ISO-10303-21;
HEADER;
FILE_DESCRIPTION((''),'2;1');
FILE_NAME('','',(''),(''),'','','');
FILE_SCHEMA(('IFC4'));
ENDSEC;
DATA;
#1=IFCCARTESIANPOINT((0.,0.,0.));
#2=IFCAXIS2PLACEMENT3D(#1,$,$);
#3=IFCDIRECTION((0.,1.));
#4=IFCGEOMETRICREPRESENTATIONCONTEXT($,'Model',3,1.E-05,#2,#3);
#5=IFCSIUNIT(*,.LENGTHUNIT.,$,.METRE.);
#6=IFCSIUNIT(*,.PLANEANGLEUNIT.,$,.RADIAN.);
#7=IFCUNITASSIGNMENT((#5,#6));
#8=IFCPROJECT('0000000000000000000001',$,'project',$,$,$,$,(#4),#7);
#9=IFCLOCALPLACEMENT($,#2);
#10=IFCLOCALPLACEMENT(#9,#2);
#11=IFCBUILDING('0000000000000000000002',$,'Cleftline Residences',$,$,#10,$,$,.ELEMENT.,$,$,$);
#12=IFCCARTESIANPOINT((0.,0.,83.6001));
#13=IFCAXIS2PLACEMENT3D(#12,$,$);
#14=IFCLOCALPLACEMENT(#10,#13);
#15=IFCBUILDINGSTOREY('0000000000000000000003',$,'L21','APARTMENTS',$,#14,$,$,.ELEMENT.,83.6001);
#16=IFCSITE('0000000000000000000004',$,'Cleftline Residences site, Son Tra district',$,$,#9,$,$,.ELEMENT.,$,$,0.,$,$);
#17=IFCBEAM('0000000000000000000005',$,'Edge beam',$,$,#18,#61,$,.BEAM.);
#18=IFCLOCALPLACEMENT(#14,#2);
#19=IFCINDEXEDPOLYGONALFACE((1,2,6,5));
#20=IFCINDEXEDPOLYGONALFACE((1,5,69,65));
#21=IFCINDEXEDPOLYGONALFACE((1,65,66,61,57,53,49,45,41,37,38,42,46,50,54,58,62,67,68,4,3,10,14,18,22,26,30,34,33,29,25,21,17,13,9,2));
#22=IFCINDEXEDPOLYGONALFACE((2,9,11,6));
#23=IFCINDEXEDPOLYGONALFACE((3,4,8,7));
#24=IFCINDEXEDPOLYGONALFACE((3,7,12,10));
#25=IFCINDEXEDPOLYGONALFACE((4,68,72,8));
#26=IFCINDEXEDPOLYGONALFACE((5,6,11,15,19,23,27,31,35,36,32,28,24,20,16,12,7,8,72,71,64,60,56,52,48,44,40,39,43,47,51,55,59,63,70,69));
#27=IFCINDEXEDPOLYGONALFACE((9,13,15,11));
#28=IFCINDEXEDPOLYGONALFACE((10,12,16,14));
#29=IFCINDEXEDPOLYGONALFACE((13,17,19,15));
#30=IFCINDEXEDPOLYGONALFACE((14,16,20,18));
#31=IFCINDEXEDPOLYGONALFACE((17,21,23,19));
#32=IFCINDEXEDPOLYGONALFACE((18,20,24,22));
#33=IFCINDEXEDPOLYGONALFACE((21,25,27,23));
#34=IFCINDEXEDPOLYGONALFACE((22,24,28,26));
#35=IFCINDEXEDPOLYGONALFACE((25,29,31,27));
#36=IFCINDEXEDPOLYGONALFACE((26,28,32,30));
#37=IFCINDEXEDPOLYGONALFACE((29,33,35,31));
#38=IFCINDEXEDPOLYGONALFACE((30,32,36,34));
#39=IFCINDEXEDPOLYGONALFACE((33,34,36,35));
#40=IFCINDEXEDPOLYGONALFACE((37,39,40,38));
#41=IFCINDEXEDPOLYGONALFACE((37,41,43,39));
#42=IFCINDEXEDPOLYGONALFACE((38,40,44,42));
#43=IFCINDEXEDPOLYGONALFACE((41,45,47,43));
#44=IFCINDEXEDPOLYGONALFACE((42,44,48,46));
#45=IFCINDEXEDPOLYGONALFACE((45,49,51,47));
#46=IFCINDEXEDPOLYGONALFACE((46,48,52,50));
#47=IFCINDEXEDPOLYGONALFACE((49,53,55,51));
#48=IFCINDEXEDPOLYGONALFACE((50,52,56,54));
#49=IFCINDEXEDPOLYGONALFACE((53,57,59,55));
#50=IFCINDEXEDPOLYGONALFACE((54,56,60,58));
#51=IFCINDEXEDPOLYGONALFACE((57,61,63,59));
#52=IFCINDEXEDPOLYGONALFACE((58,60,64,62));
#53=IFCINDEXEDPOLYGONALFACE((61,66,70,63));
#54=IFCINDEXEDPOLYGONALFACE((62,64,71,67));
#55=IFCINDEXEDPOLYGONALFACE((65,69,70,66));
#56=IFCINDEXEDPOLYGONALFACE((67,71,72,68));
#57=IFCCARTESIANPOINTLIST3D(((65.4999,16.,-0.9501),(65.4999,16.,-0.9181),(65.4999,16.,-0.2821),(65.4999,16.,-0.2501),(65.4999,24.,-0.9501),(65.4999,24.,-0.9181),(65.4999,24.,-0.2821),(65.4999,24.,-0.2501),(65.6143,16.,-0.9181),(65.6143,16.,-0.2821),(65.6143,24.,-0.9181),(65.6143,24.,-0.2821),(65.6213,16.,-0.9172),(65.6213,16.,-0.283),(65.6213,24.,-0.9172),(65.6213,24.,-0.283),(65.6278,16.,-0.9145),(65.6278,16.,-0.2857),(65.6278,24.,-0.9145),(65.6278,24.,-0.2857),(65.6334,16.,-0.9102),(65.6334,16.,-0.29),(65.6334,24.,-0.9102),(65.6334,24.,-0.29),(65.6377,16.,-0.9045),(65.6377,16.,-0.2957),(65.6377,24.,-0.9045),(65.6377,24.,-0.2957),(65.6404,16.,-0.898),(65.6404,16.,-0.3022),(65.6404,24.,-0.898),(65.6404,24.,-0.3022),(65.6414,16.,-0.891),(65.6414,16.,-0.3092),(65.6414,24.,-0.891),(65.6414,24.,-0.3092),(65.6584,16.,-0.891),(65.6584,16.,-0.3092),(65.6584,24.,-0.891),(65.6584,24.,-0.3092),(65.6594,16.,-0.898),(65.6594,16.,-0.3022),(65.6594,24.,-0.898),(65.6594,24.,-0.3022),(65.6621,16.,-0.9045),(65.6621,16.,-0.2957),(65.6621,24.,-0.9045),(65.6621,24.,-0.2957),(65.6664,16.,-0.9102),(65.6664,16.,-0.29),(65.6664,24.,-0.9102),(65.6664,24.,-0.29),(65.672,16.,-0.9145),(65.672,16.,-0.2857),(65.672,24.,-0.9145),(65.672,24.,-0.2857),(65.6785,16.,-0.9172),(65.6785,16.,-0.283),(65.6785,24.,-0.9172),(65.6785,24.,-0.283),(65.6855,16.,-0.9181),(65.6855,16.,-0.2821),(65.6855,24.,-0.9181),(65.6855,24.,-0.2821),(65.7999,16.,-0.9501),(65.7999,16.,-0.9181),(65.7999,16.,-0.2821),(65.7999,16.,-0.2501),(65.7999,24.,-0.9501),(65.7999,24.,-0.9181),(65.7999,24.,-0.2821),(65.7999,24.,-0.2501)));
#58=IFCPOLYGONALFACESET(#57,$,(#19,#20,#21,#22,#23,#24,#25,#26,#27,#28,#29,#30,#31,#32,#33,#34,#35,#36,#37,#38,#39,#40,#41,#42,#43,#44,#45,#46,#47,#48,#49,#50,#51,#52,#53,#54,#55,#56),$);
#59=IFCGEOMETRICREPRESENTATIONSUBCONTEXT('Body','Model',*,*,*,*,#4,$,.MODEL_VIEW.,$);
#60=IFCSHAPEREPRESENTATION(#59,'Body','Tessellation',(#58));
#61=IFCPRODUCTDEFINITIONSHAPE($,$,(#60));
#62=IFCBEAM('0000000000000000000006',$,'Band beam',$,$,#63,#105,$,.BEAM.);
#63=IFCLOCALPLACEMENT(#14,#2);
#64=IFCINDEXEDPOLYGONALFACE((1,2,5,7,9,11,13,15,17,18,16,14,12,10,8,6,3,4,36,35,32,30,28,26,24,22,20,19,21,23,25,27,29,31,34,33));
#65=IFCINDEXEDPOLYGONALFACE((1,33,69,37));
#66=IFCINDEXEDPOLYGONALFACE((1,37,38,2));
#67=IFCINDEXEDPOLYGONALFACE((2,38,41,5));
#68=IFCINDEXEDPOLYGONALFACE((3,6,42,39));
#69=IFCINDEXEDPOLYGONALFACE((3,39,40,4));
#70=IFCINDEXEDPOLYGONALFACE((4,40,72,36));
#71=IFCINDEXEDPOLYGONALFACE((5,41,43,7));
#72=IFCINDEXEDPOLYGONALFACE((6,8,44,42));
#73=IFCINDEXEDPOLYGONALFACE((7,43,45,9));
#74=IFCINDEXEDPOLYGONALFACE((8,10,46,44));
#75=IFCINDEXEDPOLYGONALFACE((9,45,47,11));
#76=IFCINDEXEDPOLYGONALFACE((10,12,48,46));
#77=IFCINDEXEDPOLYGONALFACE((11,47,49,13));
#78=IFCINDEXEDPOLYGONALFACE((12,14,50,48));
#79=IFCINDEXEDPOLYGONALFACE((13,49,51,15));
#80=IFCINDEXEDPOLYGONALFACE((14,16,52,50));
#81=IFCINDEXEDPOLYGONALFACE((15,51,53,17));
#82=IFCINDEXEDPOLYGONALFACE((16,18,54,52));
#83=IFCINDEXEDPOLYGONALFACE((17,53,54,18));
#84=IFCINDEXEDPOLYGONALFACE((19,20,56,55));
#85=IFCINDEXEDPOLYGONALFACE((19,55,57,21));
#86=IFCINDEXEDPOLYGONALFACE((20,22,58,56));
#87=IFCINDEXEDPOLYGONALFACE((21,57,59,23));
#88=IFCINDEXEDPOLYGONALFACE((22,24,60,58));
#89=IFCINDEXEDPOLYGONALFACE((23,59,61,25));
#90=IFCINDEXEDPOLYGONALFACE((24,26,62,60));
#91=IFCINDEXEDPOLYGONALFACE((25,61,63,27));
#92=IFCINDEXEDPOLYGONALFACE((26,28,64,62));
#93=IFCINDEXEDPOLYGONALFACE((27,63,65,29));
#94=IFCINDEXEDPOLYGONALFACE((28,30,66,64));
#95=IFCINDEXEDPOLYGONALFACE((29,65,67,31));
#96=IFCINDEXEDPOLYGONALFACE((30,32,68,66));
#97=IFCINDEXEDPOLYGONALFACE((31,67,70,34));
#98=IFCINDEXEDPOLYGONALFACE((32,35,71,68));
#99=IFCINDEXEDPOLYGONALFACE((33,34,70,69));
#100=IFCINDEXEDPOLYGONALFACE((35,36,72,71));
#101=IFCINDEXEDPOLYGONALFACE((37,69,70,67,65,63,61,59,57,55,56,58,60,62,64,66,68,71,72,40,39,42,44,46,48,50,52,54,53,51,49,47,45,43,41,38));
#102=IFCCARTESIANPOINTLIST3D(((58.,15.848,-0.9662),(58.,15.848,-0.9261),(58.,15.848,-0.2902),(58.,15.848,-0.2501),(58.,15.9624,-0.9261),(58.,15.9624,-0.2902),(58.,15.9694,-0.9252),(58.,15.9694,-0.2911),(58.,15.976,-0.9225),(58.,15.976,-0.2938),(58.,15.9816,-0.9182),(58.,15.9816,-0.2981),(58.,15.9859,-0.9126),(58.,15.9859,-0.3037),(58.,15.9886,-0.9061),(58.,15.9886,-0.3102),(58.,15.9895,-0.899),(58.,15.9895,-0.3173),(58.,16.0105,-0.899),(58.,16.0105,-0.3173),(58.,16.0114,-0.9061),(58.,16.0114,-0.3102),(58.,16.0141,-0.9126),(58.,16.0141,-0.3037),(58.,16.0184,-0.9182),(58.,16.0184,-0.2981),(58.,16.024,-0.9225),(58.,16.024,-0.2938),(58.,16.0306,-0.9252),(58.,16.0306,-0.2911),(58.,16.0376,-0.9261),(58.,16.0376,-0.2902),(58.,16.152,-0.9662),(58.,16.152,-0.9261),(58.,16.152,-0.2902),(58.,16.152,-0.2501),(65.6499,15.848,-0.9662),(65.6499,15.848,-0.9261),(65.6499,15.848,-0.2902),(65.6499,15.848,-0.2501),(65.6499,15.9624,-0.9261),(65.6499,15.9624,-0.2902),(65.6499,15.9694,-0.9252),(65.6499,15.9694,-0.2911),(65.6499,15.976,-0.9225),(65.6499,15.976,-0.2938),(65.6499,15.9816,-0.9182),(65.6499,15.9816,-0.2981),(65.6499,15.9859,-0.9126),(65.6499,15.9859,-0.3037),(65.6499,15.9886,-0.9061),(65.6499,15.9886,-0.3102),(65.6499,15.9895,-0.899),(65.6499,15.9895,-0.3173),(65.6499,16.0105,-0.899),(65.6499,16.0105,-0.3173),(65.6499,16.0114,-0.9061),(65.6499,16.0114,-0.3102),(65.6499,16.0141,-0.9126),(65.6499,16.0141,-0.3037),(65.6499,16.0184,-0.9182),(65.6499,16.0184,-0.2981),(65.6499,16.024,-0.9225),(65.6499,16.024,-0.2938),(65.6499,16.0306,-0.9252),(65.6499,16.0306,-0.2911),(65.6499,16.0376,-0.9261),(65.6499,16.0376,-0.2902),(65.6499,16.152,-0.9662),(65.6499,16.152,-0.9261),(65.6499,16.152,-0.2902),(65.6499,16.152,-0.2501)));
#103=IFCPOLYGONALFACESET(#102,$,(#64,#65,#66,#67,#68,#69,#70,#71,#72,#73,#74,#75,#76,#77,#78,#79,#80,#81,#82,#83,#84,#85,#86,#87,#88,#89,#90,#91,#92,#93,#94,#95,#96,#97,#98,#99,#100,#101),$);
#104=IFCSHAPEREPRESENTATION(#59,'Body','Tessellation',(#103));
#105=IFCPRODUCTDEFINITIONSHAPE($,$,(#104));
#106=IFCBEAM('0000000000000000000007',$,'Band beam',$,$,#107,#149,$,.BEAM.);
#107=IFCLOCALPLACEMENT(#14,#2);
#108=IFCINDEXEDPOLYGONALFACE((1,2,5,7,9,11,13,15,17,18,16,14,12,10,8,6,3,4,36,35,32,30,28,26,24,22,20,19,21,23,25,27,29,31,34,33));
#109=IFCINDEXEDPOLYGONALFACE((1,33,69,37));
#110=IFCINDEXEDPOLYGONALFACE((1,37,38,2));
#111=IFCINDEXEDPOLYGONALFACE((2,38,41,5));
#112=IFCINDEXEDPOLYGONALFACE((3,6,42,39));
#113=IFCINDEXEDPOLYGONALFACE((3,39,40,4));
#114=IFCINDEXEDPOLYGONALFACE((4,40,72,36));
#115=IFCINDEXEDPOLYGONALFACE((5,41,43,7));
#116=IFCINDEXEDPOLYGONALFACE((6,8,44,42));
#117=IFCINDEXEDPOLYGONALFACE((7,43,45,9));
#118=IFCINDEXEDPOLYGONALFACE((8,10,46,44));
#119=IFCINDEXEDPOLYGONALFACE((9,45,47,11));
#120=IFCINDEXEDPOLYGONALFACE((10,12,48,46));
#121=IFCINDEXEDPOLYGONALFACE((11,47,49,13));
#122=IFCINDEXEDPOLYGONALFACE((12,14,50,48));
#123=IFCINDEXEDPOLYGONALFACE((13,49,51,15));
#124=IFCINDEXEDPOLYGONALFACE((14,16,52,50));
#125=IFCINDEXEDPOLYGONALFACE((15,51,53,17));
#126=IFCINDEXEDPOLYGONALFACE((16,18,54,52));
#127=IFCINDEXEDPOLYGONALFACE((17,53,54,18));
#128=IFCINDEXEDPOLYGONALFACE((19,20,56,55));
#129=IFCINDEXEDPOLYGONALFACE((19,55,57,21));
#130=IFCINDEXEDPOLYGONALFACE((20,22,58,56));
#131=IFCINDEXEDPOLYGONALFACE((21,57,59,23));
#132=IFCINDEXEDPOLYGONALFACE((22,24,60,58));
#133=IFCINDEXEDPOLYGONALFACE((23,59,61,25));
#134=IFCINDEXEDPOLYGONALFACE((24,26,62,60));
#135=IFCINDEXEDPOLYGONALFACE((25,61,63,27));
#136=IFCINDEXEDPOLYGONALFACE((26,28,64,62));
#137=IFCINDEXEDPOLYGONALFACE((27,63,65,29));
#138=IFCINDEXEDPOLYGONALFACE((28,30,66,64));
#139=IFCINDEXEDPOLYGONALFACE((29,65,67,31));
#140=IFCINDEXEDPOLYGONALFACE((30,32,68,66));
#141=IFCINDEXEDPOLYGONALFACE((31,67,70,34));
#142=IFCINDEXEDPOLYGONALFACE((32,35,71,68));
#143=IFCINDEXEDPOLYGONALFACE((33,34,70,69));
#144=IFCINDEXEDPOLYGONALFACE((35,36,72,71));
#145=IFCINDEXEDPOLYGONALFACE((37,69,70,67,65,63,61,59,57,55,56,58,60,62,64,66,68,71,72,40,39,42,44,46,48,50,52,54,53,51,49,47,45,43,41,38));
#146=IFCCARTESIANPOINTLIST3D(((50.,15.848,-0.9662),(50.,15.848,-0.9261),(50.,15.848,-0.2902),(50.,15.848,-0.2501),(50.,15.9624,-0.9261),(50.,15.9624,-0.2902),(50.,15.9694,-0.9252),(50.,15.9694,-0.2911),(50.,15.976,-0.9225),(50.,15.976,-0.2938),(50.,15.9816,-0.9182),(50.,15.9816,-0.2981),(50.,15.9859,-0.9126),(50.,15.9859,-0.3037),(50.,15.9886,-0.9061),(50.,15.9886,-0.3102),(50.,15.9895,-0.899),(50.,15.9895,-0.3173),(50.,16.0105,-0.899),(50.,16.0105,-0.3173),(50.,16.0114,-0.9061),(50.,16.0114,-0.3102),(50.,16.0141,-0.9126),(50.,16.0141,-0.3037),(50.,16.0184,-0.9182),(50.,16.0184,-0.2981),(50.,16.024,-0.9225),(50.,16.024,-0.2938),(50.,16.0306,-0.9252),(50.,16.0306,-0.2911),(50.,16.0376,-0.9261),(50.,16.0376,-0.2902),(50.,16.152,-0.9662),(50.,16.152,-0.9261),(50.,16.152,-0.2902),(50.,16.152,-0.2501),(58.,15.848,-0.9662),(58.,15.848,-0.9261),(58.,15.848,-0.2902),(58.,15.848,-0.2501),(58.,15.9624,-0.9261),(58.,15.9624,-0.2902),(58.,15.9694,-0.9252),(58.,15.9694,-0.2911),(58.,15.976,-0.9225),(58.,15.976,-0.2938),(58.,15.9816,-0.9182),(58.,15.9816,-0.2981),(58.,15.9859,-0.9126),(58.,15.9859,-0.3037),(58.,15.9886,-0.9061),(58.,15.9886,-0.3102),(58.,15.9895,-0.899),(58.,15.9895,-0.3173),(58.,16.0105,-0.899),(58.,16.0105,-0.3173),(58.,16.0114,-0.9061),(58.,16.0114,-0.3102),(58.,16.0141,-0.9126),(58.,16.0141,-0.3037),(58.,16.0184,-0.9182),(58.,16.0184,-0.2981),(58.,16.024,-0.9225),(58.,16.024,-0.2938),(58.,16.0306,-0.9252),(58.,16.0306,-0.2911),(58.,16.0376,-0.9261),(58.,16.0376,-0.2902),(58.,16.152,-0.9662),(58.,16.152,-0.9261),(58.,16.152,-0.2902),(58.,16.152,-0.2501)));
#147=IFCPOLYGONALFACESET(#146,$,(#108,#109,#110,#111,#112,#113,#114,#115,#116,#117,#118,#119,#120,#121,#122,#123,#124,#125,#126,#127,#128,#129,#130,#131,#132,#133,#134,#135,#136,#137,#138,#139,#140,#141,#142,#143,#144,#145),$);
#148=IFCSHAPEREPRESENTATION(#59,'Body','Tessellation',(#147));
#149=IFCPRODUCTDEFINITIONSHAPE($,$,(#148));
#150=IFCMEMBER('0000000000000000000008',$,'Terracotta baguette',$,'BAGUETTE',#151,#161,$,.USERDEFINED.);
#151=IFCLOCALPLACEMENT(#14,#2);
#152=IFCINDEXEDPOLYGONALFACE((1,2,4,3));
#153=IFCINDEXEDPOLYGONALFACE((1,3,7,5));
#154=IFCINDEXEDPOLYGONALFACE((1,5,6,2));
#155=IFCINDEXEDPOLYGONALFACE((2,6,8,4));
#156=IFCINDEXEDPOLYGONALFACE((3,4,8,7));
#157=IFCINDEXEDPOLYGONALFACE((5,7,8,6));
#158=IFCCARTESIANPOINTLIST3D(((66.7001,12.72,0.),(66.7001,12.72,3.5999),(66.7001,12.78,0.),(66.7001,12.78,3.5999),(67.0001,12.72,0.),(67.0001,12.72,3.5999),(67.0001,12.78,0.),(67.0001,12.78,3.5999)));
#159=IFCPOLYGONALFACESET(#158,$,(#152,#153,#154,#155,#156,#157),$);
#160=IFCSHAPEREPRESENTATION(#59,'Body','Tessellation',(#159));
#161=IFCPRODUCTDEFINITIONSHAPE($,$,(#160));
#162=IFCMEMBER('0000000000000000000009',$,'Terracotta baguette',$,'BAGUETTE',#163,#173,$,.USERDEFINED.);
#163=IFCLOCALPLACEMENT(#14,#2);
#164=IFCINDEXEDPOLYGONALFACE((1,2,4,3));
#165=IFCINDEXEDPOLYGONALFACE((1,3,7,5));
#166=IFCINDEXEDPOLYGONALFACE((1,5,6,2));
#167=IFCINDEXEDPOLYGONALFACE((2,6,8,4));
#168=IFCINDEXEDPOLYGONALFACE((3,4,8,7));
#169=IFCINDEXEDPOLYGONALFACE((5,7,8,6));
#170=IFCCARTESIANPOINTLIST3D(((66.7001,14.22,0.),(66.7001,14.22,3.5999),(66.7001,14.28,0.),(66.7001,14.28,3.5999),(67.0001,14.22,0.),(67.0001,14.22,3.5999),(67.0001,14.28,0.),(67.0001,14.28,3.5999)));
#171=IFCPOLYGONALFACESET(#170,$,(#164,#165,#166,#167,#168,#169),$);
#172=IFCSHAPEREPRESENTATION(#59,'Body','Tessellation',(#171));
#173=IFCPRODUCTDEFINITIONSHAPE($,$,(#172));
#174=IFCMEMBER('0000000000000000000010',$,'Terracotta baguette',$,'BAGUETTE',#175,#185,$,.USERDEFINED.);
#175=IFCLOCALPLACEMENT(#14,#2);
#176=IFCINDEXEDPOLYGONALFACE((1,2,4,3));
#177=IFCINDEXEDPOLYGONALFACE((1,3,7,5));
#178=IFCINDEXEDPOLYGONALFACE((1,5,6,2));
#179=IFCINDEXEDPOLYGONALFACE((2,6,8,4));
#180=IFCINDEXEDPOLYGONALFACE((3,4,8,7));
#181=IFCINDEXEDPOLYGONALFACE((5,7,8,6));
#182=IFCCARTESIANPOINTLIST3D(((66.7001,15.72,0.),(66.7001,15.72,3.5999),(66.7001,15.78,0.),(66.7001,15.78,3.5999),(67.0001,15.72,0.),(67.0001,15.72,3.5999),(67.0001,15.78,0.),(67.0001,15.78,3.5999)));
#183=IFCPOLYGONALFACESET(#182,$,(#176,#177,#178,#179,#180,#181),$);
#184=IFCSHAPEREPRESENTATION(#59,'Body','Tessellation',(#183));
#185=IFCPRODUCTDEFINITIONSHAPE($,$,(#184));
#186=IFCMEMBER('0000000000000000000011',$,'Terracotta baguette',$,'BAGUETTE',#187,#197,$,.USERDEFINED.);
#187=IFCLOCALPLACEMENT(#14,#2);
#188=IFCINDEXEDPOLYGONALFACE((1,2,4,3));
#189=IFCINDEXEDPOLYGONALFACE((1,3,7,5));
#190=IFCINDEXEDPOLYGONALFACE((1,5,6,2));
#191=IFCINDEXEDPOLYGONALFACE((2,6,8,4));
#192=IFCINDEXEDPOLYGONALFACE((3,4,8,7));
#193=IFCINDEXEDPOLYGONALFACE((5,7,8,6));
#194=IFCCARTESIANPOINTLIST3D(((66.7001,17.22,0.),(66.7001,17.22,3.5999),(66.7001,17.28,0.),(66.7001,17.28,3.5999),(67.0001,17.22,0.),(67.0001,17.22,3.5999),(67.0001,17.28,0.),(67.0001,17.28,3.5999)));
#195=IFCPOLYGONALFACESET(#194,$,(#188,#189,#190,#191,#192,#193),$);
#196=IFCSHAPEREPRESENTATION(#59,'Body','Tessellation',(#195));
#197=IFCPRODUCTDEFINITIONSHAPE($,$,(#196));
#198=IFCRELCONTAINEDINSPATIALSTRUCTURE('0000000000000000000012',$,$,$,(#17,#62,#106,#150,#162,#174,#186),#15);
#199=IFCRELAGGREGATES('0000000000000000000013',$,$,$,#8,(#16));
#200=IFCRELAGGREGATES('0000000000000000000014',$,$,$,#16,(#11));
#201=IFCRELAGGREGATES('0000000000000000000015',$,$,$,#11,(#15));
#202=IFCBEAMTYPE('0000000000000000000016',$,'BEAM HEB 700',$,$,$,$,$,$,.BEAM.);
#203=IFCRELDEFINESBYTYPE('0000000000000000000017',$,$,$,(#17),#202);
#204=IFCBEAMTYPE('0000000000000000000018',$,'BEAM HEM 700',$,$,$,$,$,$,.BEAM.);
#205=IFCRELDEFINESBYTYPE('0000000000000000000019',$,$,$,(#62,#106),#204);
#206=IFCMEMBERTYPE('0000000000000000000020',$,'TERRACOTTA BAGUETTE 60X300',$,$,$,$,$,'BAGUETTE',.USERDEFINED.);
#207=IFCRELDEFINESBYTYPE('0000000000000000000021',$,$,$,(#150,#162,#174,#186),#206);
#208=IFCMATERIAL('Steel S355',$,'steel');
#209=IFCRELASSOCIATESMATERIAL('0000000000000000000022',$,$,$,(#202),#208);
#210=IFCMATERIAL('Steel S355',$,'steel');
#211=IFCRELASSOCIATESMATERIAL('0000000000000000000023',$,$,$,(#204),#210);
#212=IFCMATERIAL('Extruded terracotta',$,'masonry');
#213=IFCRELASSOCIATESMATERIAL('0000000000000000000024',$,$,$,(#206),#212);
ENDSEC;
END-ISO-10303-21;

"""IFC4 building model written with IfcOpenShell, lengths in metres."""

from ifc_helpers import new_model, si_unit, direction, frame, origin, origin_2d, place, context, subcontext, project, spatial, rectangle, i_section, extrude, material, material_profile, profile_set, type_object, element, save


model = new_model("IFC4")

# Units and contexts
model_context = context("Model", 3, precision=1e-05, world=origin(), true_north=direction((0.0, 1.0)))
body_context = subcontext(model_context, "Body", "Model", "MODEL_VIEW")
ifc_project = project(units=[si_unit("LENGTHUNIT", "METRE"), si_unit("PLANEANGLEUNIT", "RADIAN")], contexts=[model_context])

# Site, building, storey
site_placement = place(None, origin())
site = spatial("IfcSite", under=ifc_project, at=site_placement, Name="Cleftline Residences site, Son Tra district", CompositionType="ELEMENT", RefElevation=0.0)
building_placement = place(site_placement, origin())
building = spatial("IfcBuilding", under=site, at=building_placement, Name="Cleftline Residences", CompositionType="ELEMENT")
storey_placement = place(building_placement, frame((0.0, 0.0, 83.6001)))
storey = spatial("IfcBuildingStorey", under=building, at=storey_placement, Name="L21", Description="APARTMENTS", CompositionType="ELEMENT", Elevation=83.6001)

# Beams
ifc_material_1 = material(Name="Steel S355", Category="steel")
ifc_material_profile_1 = material_profile(ifc_material_1, i_section(OverallWidth=0.3, OverallDepth=0.7, WebThickness=0.0171, FlangeThickness=0.032, FilletRadius=0.0271, at=origin_2d()))
ifc_profile_set_1 = profile_set([ifc_material_profile_1], Name="Steel S355")
beam_type_1 = type_object("IfcBeamType", Name="BEAM HEB 700", PredefinedType="BEAM", material=ifc_profile_set_1)
beam_1_placement = place(storey_placement, frame((65.6499, 16.0, -0.6001), z_axis=(0.0, 1.0, 0.0), x_axis=(-1.0, 0.0, 0.0)))
element("IfcBeam", 1, at=beam_1_placement, inside=storey, type_object=beam_type_1, Name="Edge beam", PredefinedType="BEAM", context=body_context, shape_type="SweptSolid", body=[
    extrude(i_section(OverallWidth=0.3, OverallDepth=0.7, WebThickness=0.0171, FlangeThickness=0.032, FilletRadius=0.0271, at=origin_2d()), origin(), (0.0, 0.0, 1.0), 8.0),
])
ifc_material_2 = material(Name="Steel S355", Category="steel")
ifc_material_profile_2 = material_profile(ifc_material_2, i_section(OverallWidth=0.304, OverallDepth=0.7161, WebThickness=0.021, FlangeThickness=0.04, FilletRadius=0.0271, at=origin_2d()))
ifc_profile_set_2 = profile_set([ifc_material_profile_2], Name="Steel S355")
beam_type_2 = type_object("IfcBeamType", Name="BEAM HEM 700", PredefinedType="BEAM", material=ifc_profile_set_2)
beam_2_placement = place(storey_placement, frame((65.6499, 16.0, -0.6082), z_axis=(-1.0, 0.0, 0.0), x_axis=(0.0, -1.0, 0.0)))
element("IfcBeam", 2, at=beam_2_placement, inside=storey, type_object=beam_type_2, Name="Band beam", PredefinedType="BEAM", context=body_context, shape_type="SweptSolid", body=[
    extrude(i_section(OverallWidth=0.304, OverallDepth=0.7161, WebThickness=0.021, FlangeThickness=0.04, FilletRadius=0.0271, at=origin_2d()), origin(), (0.0, 0.0, 1.0), 7.6499),
])
beam_3_placement = place(storey_placement, frame((58.0, 16.0, -0.6082), z_axis=(-1.0, 0.0, 0.0), x_axis=(0.0, -1.0, 0.0)))
element("IfcBeam", 3, at=beam_3_placement, inside=storey, type_object=beam_type_2, Name="Band beam", PredefinedType="BEAM", context=body_context, shape_type="SweptSolid", body=[
    extrude(i_section(OverallWidth=0.304, OverallDepth=0.7161, WebThickness=0.021, FlangeThickness=0.04, FilletRadius=0.0271, at=origin_2d()), origin(), (0.0, 0.0, 1.0), 8.0),
])

# Members
ifc_material_3 = material(Name="Extruded terracotta", Category="masonry")
ifc_material_profile_3 = material_profile(ifc_material_3, rectangle(XDim=0.0601, YDim=0.3, at=origin_2d()))
ifc_profile_set_3 = profile_set([ifc_material_profile_3], Name="Extruded terracotta")
member_type_1 = type_object("IfcMemberType", Name="TERRACOTTA BAGUETTE 60X300", ElementType="BAGUETTE", PredefinedType="USERDEFINED", material=ifc_profile_set_3)
for number, where, z_axis, x_axis, name in (
    (4, (66.8501, 12.75, 0.0), (0.0, 0.0, 1.0), (0.0, 1.0, 0.0), "Terracotta baguette"),
    (5, (66.8501, 14.25, 0.0), (0.0, 0.0, 1.0), (0.0, 1.0, 0.0), "Terracotta baguette"),
    (6, (66.8501, 15.75, 0.0), (0.0, 0.0, 1.0), (0.0, 1.0, 0.0), "Terracotta baguette"),
    (7, (66.8501, 17.25, 0.0), (0.0, 0.0, 1.0), (0.0, 1.0, 0.0), "Terracotta baguette"),
):
    element("IfcMember", number, at=place(storey_placement, frame(where, z_axis=z_axis, x_axis=x_axis)), inside=storey, type_object=member_type_1, Name=name, ObjectType="BAGUETTE", PredefinedType="USERDEFINED", context=body_context, shape_type="SweptSolid", body=[
        extrude(rectangle(XDim=0.0601, YDim=0.3, at=origin_2d()), origin(), (0.0, 0.0, 1.0), 3.5999),
    ])

save(model, "model.ifc")
